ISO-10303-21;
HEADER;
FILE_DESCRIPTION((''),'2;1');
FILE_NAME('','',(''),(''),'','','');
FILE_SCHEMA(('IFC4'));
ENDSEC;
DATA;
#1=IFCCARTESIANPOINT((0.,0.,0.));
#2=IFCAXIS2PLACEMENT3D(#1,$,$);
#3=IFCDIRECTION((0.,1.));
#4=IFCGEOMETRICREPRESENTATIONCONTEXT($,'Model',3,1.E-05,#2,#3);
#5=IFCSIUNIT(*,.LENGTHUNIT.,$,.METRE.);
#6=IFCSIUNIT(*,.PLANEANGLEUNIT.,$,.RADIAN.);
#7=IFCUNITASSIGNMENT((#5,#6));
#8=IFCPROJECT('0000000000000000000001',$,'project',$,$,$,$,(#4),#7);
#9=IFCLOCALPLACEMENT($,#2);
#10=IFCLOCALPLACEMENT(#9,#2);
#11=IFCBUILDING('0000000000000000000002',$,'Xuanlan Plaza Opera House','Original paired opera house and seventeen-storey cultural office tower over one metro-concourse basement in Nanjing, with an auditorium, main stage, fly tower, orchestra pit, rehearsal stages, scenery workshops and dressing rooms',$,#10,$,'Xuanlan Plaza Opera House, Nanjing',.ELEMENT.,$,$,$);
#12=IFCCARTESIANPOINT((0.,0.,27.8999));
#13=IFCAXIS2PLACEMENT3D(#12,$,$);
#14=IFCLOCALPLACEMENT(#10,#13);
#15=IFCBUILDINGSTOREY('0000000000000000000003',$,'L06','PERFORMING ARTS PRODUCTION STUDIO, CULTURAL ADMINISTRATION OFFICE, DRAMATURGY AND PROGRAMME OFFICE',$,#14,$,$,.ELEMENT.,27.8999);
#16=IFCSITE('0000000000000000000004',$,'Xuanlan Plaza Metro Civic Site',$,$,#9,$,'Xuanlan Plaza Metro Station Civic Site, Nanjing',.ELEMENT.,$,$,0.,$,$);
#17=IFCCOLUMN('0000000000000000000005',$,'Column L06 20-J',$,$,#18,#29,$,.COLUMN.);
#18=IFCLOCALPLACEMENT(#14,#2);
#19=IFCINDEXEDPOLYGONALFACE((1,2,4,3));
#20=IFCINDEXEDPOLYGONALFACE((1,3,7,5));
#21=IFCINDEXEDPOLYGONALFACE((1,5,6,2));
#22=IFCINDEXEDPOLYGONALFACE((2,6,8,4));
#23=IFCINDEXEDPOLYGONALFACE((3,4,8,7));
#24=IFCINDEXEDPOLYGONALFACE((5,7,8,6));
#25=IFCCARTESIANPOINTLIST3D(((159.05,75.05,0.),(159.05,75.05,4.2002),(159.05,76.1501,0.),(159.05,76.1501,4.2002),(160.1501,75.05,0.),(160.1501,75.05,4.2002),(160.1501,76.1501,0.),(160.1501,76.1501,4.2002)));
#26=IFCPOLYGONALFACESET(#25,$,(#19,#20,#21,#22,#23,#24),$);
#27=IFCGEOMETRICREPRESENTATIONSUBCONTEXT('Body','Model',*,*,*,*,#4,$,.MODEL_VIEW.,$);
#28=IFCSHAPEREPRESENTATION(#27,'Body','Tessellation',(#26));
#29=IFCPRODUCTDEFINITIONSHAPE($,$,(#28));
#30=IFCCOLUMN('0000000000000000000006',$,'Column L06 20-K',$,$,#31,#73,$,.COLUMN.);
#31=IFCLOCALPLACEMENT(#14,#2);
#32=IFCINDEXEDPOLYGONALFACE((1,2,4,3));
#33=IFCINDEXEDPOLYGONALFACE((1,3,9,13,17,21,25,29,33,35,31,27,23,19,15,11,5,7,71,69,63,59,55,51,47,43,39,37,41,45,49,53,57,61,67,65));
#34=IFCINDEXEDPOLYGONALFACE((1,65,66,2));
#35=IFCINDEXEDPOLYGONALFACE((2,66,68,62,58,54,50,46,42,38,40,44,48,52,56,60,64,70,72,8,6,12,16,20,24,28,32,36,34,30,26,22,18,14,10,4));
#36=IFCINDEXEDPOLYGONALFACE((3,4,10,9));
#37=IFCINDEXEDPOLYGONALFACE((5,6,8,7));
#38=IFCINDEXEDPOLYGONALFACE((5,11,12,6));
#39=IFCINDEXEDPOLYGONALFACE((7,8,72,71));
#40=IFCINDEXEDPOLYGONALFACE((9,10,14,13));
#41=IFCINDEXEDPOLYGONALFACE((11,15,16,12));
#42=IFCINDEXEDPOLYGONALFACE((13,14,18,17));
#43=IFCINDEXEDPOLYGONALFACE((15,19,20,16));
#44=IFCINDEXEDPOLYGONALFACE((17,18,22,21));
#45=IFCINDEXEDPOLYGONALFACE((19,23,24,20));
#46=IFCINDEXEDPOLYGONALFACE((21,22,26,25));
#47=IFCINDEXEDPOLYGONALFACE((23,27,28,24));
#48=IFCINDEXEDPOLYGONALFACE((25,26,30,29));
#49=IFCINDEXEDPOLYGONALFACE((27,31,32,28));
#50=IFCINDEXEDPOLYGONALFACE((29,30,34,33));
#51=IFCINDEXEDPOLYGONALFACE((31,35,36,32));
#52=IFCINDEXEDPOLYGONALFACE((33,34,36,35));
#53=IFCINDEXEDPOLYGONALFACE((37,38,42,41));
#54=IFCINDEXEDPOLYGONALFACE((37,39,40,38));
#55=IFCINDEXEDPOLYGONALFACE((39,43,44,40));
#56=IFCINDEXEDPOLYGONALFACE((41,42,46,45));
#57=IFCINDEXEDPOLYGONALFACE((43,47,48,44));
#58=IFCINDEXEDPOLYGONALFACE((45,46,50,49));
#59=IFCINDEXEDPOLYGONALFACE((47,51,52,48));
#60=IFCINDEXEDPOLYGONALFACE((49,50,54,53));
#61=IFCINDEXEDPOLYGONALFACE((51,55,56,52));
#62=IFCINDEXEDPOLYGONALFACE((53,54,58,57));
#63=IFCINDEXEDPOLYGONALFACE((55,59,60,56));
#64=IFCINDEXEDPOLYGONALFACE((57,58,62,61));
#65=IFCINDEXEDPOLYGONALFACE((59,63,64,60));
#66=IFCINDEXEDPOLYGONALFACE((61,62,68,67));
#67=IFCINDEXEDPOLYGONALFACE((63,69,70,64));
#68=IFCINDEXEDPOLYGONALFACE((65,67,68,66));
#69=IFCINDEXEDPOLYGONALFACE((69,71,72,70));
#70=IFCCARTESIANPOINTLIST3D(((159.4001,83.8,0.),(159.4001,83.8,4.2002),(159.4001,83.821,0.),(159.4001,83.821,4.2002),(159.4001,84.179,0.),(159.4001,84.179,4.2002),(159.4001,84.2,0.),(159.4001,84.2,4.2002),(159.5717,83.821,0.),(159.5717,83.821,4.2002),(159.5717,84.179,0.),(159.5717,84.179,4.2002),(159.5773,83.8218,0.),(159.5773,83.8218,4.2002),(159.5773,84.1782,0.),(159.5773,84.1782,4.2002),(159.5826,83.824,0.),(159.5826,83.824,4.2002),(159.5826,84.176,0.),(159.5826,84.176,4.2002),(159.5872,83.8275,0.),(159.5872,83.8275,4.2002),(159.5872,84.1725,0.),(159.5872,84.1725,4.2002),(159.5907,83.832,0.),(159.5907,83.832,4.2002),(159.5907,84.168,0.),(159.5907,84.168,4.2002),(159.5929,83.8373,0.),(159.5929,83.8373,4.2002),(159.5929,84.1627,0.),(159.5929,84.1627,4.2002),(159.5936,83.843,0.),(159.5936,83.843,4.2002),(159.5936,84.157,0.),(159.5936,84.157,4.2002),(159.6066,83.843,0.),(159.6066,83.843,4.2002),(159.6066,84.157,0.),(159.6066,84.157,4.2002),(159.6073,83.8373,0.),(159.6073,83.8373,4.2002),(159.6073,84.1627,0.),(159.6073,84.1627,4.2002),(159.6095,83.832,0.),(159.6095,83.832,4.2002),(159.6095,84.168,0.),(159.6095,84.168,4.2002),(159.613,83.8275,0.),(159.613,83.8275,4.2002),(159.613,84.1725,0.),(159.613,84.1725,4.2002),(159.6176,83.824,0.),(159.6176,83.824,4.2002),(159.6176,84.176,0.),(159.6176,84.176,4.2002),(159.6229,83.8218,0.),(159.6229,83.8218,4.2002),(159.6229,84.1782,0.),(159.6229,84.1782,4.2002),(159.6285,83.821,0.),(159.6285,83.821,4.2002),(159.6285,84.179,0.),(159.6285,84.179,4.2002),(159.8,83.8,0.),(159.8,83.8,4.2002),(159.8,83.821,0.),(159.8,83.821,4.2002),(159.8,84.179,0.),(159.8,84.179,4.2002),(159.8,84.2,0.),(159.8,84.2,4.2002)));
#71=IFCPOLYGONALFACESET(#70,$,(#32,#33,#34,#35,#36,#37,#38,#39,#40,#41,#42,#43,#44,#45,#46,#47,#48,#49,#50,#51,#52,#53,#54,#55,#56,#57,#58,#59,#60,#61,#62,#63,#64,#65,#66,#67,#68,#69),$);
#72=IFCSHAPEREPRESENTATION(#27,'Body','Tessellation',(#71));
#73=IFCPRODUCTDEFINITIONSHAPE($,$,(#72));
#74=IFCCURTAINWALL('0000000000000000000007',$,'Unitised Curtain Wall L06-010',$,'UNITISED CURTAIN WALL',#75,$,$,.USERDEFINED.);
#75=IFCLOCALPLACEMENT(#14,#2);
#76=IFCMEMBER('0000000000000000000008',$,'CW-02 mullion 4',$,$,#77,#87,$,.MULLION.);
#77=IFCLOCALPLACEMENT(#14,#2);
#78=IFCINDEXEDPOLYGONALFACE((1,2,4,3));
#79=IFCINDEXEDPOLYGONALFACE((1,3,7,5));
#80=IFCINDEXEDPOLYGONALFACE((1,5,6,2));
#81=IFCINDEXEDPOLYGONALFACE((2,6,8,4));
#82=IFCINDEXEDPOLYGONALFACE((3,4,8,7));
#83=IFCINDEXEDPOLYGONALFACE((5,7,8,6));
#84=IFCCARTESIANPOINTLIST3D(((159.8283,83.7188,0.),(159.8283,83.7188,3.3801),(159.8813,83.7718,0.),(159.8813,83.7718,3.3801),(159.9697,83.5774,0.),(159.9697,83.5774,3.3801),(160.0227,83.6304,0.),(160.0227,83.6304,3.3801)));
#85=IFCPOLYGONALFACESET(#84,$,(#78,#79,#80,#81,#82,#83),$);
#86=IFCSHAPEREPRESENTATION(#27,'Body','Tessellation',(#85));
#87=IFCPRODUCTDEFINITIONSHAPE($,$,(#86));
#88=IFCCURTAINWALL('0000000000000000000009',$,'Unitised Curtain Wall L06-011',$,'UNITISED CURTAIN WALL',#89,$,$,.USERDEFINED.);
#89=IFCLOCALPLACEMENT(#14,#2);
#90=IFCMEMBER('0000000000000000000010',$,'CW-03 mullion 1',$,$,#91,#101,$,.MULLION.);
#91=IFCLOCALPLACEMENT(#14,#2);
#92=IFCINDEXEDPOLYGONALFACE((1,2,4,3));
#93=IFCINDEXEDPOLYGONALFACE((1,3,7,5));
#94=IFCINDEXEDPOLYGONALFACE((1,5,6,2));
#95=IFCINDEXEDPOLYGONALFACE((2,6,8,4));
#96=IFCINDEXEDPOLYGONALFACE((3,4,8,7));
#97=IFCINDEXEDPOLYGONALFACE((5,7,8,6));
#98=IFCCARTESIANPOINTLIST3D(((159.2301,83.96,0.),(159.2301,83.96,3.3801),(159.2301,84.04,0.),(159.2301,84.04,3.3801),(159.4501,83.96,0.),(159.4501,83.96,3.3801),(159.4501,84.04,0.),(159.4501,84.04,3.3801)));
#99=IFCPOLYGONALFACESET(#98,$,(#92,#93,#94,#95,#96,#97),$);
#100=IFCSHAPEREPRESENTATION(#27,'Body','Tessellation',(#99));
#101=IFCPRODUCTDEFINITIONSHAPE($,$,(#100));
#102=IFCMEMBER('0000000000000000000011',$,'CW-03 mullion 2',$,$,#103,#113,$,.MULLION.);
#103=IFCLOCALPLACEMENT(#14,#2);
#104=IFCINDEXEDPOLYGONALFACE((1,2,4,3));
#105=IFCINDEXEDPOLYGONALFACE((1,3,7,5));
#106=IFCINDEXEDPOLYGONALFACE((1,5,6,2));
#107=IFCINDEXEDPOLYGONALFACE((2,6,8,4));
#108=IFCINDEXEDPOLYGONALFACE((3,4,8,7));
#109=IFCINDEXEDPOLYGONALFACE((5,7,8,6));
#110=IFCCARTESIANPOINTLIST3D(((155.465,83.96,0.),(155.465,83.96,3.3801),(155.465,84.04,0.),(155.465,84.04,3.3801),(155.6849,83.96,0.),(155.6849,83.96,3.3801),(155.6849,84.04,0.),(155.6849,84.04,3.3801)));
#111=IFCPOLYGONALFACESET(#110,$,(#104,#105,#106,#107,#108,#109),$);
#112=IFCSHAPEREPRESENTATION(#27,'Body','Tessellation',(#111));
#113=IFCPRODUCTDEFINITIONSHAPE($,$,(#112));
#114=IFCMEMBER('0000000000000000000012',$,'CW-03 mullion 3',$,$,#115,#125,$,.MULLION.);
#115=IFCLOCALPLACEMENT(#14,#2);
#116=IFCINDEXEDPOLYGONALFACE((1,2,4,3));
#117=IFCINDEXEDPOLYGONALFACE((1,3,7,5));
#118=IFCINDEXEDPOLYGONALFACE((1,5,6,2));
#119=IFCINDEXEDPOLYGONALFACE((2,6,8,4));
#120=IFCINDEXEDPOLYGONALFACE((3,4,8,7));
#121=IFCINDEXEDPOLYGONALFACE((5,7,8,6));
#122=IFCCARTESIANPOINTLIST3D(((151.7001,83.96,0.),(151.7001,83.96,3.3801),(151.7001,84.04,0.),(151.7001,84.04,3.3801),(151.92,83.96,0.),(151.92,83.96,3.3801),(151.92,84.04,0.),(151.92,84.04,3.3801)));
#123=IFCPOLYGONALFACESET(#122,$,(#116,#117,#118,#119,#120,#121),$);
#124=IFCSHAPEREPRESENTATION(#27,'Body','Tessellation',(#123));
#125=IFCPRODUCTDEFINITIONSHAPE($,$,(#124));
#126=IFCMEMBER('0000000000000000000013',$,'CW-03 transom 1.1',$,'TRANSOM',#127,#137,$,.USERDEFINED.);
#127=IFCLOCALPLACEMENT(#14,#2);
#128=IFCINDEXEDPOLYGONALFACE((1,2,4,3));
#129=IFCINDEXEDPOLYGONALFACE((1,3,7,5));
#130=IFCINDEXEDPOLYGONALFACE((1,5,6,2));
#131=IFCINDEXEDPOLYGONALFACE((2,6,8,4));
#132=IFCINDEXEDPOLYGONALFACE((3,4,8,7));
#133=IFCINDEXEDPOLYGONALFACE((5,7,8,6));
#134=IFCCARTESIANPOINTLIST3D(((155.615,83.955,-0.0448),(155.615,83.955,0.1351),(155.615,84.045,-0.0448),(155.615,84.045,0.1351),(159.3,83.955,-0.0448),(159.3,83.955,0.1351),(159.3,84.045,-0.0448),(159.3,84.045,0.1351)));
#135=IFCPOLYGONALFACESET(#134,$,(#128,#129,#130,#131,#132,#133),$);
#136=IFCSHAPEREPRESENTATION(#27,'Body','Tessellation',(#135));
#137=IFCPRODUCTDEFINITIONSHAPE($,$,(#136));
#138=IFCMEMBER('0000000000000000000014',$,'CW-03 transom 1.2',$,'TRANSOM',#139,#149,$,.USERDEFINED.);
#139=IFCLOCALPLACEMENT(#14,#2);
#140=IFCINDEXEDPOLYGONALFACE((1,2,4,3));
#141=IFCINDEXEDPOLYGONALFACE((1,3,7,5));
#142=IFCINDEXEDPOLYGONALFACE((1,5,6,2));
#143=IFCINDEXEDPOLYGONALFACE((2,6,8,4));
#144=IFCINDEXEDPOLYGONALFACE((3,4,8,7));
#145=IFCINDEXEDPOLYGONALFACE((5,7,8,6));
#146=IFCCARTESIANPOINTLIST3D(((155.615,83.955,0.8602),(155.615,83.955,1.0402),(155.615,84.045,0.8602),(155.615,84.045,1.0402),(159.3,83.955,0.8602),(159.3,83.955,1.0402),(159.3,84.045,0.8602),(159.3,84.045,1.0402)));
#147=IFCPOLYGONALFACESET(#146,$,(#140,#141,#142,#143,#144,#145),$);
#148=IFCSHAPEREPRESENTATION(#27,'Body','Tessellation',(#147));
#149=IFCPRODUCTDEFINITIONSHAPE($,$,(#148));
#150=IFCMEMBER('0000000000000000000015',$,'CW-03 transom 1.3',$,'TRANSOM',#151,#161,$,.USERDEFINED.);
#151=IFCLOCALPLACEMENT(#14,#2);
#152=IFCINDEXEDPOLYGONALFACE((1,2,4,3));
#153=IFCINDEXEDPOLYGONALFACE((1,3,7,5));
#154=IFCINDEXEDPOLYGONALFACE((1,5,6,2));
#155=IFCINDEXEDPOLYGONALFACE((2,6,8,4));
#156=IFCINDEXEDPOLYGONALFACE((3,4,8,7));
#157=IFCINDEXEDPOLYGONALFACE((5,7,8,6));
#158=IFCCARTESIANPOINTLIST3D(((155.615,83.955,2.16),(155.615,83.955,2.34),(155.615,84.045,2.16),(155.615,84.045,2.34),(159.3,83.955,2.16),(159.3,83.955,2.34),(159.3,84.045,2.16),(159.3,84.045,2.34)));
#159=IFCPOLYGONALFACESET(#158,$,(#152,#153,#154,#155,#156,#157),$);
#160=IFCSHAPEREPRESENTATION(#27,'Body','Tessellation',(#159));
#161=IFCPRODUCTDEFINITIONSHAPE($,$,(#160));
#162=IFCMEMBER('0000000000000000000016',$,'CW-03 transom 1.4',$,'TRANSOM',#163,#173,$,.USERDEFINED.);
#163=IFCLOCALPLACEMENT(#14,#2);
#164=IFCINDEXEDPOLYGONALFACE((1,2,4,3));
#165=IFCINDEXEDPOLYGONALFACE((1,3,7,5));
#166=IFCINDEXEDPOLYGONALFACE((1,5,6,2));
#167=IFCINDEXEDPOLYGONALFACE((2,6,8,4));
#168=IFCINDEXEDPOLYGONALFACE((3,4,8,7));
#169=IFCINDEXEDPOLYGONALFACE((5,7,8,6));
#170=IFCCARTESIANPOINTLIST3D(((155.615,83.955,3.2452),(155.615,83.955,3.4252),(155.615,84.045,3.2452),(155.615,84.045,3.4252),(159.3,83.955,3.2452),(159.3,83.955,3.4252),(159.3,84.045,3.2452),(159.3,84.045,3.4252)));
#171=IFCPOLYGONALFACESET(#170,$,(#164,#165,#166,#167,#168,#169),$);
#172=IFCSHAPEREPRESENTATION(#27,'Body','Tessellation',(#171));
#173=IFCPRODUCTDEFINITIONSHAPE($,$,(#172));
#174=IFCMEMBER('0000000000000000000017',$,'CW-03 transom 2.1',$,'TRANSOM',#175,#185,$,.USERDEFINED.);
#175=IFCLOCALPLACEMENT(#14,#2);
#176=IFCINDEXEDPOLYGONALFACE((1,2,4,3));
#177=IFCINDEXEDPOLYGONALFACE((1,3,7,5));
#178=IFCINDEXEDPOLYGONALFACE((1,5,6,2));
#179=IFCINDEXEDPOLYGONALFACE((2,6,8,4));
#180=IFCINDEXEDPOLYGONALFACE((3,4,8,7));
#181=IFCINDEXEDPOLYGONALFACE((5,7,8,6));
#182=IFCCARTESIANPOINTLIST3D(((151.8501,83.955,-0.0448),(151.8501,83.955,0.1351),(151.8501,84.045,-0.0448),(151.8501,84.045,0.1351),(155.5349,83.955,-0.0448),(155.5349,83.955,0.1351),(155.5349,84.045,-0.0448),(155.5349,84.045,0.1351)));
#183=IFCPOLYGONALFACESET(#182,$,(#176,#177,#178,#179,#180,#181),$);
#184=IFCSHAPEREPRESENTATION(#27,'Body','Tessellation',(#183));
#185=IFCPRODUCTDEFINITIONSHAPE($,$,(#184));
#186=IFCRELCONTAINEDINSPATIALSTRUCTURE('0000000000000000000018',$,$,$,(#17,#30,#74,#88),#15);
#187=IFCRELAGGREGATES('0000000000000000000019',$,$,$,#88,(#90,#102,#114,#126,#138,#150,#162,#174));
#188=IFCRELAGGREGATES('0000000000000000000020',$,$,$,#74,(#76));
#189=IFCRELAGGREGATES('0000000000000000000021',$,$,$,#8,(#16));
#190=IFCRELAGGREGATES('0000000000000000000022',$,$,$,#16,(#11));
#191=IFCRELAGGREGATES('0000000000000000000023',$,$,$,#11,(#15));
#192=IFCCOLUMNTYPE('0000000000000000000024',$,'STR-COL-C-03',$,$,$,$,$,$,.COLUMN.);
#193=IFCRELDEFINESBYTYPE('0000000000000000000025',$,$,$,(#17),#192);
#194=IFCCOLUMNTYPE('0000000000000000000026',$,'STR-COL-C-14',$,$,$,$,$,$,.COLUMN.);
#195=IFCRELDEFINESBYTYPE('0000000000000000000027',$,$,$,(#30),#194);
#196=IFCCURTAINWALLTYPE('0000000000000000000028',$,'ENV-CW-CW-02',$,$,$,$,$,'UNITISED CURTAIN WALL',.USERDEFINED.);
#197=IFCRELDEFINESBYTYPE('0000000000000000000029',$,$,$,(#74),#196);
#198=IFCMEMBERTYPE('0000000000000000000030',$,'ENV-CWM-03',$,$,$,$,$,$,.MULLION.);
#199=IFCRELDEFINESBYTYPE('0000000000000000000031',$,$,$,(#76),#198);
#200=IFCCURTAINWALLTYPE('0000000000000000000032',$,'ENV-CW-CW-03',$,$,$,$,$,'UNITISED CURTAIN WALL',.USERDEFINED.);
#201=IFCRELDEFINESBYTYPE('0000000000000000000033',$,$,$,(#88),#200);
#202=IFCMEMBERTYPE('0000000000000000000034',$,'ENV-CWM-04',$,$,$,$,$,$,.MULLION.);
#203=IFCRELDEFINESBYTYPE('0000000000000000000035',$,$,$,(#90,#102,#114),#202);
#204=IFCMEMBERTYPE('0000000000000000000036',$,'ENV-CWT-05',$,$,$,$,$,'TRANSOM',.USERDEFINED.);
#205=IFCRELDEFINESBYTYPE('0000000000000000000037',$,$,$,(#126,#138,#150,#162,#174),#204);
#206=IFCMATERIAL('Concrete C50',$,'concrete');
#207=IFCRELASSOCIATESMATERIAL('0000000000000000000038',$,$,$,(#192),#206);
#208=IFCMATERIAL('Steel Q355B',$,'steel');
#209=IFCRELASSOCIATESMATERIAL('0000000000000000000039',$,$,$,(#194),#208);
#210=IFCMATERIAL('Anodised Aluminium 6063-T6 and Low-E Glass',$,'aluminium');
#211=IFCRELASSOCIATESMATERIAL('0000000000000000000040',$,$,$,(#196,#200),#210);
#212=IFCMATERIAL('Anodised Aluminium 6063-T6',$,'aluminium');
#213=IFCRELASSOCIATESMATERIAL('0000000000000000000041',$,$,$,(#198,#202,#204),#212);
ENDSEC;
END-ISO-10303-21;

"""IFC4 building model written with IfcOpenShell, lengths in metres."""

from ifc_helpers import new_model, si_unit, direction, frame, origin, origin_2d, place, context, subcontext, project, spatial, rectangle, i_section, extrude, material, material_profile, profile_set, type_object, element, aggregate, save


model = new_model("IFC4")

# Units and contexts
model_context = context("Model", 3, precision=1e-05, world=origin(), true_north=direction((0.0, 1.0)))
body_context = subcontext(model_context, "Body", "Model", "MODEL_VIEW")
ifc_project = project(units=[si_unit("LENGTHUNIT", "METRE"), si_unit("PLANEANGLEUNIT", "RADIAN")], contexts=[model_context])

# Site, building, storey
site_placement = place(None, origin())
site = spatial("IfcSite", under=ifc_project, at=site_placement, Name="Xuanlan Plaza Metro Civic Site", LongName="Xuanlan Plaza Metro Station Civic Site, Nanjing", CompositionType="ELEMENT", RefElevation=0.0)
building_placement = place(site_placement, origin())
building = spatial("IfcBuilding", under=site, at=building_placement, Name="Xuanlan Plaza Opera House", Description="Original paired opera house and seventeen-storey cultural office tower over one metro-concourse basement in Nanjing, with an auditorium, main stage, fly tower, orchestra pit, rehearsal stages, scenery workshops and dressing rooms", LongName="Xuanlan Plaza Opera House, Nanjing", CompositionType="ELEMENT")
storey_placement = place(building_placement, frame((0.0, 0.0, 27.8999)))
storey = spatial("IfcBuildingStorey", under=building, at=storey_placement, Name="L06", Description="PERFORMING ARTS PRODUCTION STUDIO, CULTURAL ADMINISTRATION OFFICE, DRAMATURGY AND PROGRAMME OFFICE", CompositionType="ELEMENT", Elevation=27.8999)

# Columns
ifc_material_1 = material(Name="Concrete C50", Category="concrete")
ifc_material_profile_1 = material_profile(ifc_material_1, rectangle(XDim=1.1001, YDim=1.1001, at=origin_2d()), Name="RC-COL 1100x1100")
ifc_profile_set_1 = profile_set([ifc_material_profile_1], Name="Concrete C50")
column_type_1 = type_object("IfcColumnType", Name="STR-COL-C-03", PredefinedType="COLUMN", material=ifc_profile_set_1)
column_1_placement = place(storey_placement, frame((159.6001, 75.6001, 0.0), z_axis=(0.0, 0.0, 1.0), x_axis=(1.0, 0.0, 0.0)))
element("IfcColumn", 1, at=column_1_placement, inside=storey, type_object=column_type_1, Name="Column L06 20-J", PredefinedType="COLUMN", context=body_context, shape_type="SweptSolid", body=[
    extrude(rectangle(XDim=1.1001, YDim=1.1001, at=origin_2d()), origin(), (0.0, 0.0, 1.0), 4.2002),
])
ifc_material_2 = material(Name="Steel Q355B", Category="steel")
ifc_material_profile_2 = material_profile(ifc_material_2, i_section(OverallWidth=0.3999, OverallDepth=0.3999, WebThickness=0.0129, FlangeThickness=0.021, FilletRadius=0.022, at=origin_2d()), Name="HW 400x400x13x21")
ifc_profile_set_2 = profile_set([ifc_material_profile_2], Name="Steel Q355B")
column_type_2 = type_object("IfcColumnType", Name="STR-COL-C-14", PredefinedType="COLUMN", material=ifc_profile_set_2)
column_2_placement = place(storey_placement, frame((159.6001, 84.0, 0.0), z_axis=(0.0, 0.0, 1.0), x_axis=(1.0, 0.0, 0.0)))
element("IfcColumn", 2, at=column_2_placement, inside=storey, type_object=column_type_2, Name="Column L06 20-K", PredefinedType="COLUMN", context=body_context, shape_type="SweptSolid", body=[
    extrude(i_section(OverallWidth=0.3999, OverallDepth=0.3999, WebThickness=0.0129, FlangeThickness=0.021, FilletRadius=0.022, at=origin_2d()), origin(), (0.0, 0.0, 1.0), 4.2002),
])

# Curtain wall, member
ifc_material_3 = material(Name="Anodised Aluminium 6063-T6 and Low-E Glass", Category="aluminium")
curtain_wall_type_1 = type_object("IfcCurtainWallType", Name="ENV-CW-CW-02", ElementType="UNITISED CURTAIN WALL", PredefinedType="USERDEFINED", material=ifc_material_3)
curtain_wall_1_placement = place(storey_placement, origin())
curtain_wall_1 = element("IfcCurtainWall", 3, at=curtain_wall_1_placement, inside=storey, type_object=curtain_wall_type_1, Name="Unitised Curtain Wall L06-010", ObjectType="UNITISED CURTAIN WALL", PredefinedType="USERDEFINED")
ifc_material_4 = material(Name="Anodised Aluminium 6063-T6", Category="aluminium")
ifc_material_profile_3 = material_profile(ifc_material_4, rectangle(XDim=0.075, YDim=0.2, at=origin_2d()), Name="ALU-M 75x200")
ifc_profile_set_3 = profile_set([ifc_material_profile_3], Name="Anodised Aluminium 6063-T6")
member_type_1 = type_object("IfcMemberType", Name="ENV-CWM-03", PredefinedType="MULLION", material=ifc_profile_set_3)
member_1_placement = place(storey_placement, frame((159.9255, 83.6746, 0.0), z_axis=(0.0, 0.0, 1.0), x_axis=(-0.707107, -0.707107, 0.0)))
member_1 = element("IfcMember", 4, at=member_1_placement, type_object=member_type_1, Name="CW-02 mullion 4", PredefinedType="MULLION", context=body_context, shape_type="SweptSolid", body=[
    extrude(rectangle(XDim=0.075, YDim=0.2, at=origin_2d()), origin(), (0.0, 0.0, 1.0), 3.3801),
])

# Curtain wall, members
curtain_wall_type_2 = type_object("IfcCurtainWallType", Name="ENV-CW-CW-03", ElementType="UNITISED CURTAIN WALL", PredefinedType="USERDEFINED", material=ifc_material_3)
curtain_wall_2_placement = place(storey_placement, origin())
curtain_wall_2 = element("IfcCurtainWall", 5, at=curtain_wall_2_placement, inside=storey, type_object=curtain_wall_type_2, Name="Unitised Curtain Wall L06-011", ObjectType="UNITISED CURTAIN WALL", PredefinedType="USERDEFINED")
ifc_material_profile_4 = material_profile(ifc_material_4, rectangle(XDim=0.0801, YDim=0.22, at=origin_2d()), Name="ALU-M 80x220")
ifc_profile_set_4 = profile_set([ifc_material_profile_4], Name="Anodised Aluminium 6063-T6")
member_type_2 = type_object("IfcMemberType", Name="ENV-CWM-04", PredefinedType="MULLION", material=ifc_profile_set_4)
member_2_placement = place(storey_placement, frame((159.3401, 84.0, 0.0), z_axis=(0.0, 0.0, 1.0), x_axis=(0.0, -1.0, 0.0)))
member_2 = element("IfcMember", 6, at=member_2_placement, type_object=member_type_2, Name="CW-03 mullion 1", PredefinedType="MULLION", context=body_context, shape_type="SweptSolid", body=[
    extrude(rectangle(XDim=0.0801, YDim=0.22, at=origin_2d()), origin(), (0.0, 0.0, 1.0), 3.3801),
])
member_3_placement = place(storey_placement, frame((155.575, 84.0, 0.0), z_axis=(0.0, 0.0, 1.0), x_axis=(0.0, -1.0, 0.0)))
member_3 = element("IfcMember", 7, at=member_3_placement, type_object=member_type_2, Name="CW-03 mullion 2", PredefinedType="MULLION", context=body_context, shape_type="SweptSolid", body=[
    extrude(rectangle(XDim=0.0801, YDim=0.22, at=origin_2d()), origin(), (0.0, 0.0, 1.0), 3.3801),
])
member_4_placement = place(storey_placement, frame((151.8101, 84.0, 0.0), z_axis=(0.0, 0.0, 1.0), x_axis=(0.0, -1.0, 0.0)))
member_4 = element("IfcMember", 8, at=member_4_placement, type_object=member_type_2, Name="CW-03 mullion 3", PredefinedType="MULLION", context=body_context, shape_type="SweptSolid", body=[
    extrude(rectangle(XDim=0.0801, YDim=0.22, at=origin_2d()), origin(), (0.0, 0.0, 1.0), 3.3801),
])
ifc_material_profile_5 = material_profile(ifc_material_4, rectangle(XDim=0.0901, YDim=0.1799, at=origin_2d()), Name="ALU-T 90x180")
ifc_profile_set_5 = profile_set([ifc_material_profile_5], Name="Anodised Aluminium 6063-T6")
member_type_3 = type_object("IfcMemberType", Name="ENV-CWT-05", ElementType="TRANSOM", PredefinedType="USERDEFINED", material=ifc_profile_set_5)
member_5_placement = place(storey_placement, frame((159.3, 84.0, 0.0452), z_axis=(-1.0, 0.0, 0.0), x_axis=(0.0, -1.0, 0.0)))
member_5 = element("IfcMember", 9, at=member_5_placement, type_object=member_type_3, Name="CW-03 transom 1.1", ObjectType="TRANSOM", PredefinedType="USERDEFINED", context=body_context, shape_type="SweptSolid", body=[
    extrude(rectangle(XDim=0.0901, YDim=0.1799, at=origin_2d()), origin(), (0.0, 0.0, 1.0), 3.6851),
])
member_6_placement = place(storey_placement, frame((159.3, 84.0, 0.9502), z_axis=(-1.0, 0.0, 0.0), x_axis=(0.0, -1.0, 0.0)))
member_6 = element("IfcMember", 10, at=member_6_placement, type_object=member_type_3, Name="CW-03 transom 1.2", ObjectType="TRANSOM", PredefinedType="USERDEFINED", context=body_context, shape_type="SweptSolid", body=[
    extrude(rectangle(XDim=0.0901, YDim=0.1799, at=origin_2d()), origin(), (0.0, 0.0, 1.0), 3.6851),
])
member_7_placement = place(storey_placement, frame((159.3, 84.0, 2.25), z_axis=(-1.0, 0.0, 0.0), x_axis=(0.0, -1.0, 0.0)))
member_7 = element("IfcMember", 11, at=member_7_placement, type_object=member_type_3, Name="CW-03 transom 1.3", ObjectType="TRANSOM", PredefinedType="USERDEFINED", context=body_context, shape_type="SweptSolid", body=[
    extrude(rectangle(XDim=0.0901, YDim=0.1799, at=origin_2d()), origin(), (0.0, 0.0, 1.0), 3.6851),
])
member_8_placement = place(storey_placement, frame((159.3, 84.0, 3.3352), z_axis=(-1.0, 0.0, 0.0), x_axis=(0.0, -1.0, 0.0)))
member_8 = element("IfcMember", 12, at=member_8_placement, type_object=member_type_3, Name="CW-03 transom 1.4", ObjectType="TRANSOM", PredefinedType="USERDEFINED", context=body_context, shape_type="SweptSolid", body=[
    extrude(rectangle(XDim=0.0901, YDim=0.1799, at=origin_2d()), origin(), (0.0, 0.0, 1.0), 3.6851),
])
member_9_placement = place(storey_placement, frame((155.5349, 84.0, 0.0452), z_axis=(-1.0, 0.0, 0.0), x_axis=(0.0, -1.0, 0.0)))
member_9 = element("IfcMember", 13, at=member_9_placement, type_object=member_type_3, Name="CW-03 transom 2.1", ObjectType="TRANSOM", PredefinedType="USERDEFINED", context=body_context, shape_type="SweptSolid", body=[
    extrude(rectangle(XDim=0.0901, YDim=0.1799, at=origin_2d()), origin(), (0.0, 0.0, 1.0), 3.6848),
])

aggregate(curtain_wall_2, [member_2, member_3, member_4, member_5, member_6, member_7, member_8, member_9])
aggregate(curtain_wall_1, [member_1])

save(model, "model.ifc")
